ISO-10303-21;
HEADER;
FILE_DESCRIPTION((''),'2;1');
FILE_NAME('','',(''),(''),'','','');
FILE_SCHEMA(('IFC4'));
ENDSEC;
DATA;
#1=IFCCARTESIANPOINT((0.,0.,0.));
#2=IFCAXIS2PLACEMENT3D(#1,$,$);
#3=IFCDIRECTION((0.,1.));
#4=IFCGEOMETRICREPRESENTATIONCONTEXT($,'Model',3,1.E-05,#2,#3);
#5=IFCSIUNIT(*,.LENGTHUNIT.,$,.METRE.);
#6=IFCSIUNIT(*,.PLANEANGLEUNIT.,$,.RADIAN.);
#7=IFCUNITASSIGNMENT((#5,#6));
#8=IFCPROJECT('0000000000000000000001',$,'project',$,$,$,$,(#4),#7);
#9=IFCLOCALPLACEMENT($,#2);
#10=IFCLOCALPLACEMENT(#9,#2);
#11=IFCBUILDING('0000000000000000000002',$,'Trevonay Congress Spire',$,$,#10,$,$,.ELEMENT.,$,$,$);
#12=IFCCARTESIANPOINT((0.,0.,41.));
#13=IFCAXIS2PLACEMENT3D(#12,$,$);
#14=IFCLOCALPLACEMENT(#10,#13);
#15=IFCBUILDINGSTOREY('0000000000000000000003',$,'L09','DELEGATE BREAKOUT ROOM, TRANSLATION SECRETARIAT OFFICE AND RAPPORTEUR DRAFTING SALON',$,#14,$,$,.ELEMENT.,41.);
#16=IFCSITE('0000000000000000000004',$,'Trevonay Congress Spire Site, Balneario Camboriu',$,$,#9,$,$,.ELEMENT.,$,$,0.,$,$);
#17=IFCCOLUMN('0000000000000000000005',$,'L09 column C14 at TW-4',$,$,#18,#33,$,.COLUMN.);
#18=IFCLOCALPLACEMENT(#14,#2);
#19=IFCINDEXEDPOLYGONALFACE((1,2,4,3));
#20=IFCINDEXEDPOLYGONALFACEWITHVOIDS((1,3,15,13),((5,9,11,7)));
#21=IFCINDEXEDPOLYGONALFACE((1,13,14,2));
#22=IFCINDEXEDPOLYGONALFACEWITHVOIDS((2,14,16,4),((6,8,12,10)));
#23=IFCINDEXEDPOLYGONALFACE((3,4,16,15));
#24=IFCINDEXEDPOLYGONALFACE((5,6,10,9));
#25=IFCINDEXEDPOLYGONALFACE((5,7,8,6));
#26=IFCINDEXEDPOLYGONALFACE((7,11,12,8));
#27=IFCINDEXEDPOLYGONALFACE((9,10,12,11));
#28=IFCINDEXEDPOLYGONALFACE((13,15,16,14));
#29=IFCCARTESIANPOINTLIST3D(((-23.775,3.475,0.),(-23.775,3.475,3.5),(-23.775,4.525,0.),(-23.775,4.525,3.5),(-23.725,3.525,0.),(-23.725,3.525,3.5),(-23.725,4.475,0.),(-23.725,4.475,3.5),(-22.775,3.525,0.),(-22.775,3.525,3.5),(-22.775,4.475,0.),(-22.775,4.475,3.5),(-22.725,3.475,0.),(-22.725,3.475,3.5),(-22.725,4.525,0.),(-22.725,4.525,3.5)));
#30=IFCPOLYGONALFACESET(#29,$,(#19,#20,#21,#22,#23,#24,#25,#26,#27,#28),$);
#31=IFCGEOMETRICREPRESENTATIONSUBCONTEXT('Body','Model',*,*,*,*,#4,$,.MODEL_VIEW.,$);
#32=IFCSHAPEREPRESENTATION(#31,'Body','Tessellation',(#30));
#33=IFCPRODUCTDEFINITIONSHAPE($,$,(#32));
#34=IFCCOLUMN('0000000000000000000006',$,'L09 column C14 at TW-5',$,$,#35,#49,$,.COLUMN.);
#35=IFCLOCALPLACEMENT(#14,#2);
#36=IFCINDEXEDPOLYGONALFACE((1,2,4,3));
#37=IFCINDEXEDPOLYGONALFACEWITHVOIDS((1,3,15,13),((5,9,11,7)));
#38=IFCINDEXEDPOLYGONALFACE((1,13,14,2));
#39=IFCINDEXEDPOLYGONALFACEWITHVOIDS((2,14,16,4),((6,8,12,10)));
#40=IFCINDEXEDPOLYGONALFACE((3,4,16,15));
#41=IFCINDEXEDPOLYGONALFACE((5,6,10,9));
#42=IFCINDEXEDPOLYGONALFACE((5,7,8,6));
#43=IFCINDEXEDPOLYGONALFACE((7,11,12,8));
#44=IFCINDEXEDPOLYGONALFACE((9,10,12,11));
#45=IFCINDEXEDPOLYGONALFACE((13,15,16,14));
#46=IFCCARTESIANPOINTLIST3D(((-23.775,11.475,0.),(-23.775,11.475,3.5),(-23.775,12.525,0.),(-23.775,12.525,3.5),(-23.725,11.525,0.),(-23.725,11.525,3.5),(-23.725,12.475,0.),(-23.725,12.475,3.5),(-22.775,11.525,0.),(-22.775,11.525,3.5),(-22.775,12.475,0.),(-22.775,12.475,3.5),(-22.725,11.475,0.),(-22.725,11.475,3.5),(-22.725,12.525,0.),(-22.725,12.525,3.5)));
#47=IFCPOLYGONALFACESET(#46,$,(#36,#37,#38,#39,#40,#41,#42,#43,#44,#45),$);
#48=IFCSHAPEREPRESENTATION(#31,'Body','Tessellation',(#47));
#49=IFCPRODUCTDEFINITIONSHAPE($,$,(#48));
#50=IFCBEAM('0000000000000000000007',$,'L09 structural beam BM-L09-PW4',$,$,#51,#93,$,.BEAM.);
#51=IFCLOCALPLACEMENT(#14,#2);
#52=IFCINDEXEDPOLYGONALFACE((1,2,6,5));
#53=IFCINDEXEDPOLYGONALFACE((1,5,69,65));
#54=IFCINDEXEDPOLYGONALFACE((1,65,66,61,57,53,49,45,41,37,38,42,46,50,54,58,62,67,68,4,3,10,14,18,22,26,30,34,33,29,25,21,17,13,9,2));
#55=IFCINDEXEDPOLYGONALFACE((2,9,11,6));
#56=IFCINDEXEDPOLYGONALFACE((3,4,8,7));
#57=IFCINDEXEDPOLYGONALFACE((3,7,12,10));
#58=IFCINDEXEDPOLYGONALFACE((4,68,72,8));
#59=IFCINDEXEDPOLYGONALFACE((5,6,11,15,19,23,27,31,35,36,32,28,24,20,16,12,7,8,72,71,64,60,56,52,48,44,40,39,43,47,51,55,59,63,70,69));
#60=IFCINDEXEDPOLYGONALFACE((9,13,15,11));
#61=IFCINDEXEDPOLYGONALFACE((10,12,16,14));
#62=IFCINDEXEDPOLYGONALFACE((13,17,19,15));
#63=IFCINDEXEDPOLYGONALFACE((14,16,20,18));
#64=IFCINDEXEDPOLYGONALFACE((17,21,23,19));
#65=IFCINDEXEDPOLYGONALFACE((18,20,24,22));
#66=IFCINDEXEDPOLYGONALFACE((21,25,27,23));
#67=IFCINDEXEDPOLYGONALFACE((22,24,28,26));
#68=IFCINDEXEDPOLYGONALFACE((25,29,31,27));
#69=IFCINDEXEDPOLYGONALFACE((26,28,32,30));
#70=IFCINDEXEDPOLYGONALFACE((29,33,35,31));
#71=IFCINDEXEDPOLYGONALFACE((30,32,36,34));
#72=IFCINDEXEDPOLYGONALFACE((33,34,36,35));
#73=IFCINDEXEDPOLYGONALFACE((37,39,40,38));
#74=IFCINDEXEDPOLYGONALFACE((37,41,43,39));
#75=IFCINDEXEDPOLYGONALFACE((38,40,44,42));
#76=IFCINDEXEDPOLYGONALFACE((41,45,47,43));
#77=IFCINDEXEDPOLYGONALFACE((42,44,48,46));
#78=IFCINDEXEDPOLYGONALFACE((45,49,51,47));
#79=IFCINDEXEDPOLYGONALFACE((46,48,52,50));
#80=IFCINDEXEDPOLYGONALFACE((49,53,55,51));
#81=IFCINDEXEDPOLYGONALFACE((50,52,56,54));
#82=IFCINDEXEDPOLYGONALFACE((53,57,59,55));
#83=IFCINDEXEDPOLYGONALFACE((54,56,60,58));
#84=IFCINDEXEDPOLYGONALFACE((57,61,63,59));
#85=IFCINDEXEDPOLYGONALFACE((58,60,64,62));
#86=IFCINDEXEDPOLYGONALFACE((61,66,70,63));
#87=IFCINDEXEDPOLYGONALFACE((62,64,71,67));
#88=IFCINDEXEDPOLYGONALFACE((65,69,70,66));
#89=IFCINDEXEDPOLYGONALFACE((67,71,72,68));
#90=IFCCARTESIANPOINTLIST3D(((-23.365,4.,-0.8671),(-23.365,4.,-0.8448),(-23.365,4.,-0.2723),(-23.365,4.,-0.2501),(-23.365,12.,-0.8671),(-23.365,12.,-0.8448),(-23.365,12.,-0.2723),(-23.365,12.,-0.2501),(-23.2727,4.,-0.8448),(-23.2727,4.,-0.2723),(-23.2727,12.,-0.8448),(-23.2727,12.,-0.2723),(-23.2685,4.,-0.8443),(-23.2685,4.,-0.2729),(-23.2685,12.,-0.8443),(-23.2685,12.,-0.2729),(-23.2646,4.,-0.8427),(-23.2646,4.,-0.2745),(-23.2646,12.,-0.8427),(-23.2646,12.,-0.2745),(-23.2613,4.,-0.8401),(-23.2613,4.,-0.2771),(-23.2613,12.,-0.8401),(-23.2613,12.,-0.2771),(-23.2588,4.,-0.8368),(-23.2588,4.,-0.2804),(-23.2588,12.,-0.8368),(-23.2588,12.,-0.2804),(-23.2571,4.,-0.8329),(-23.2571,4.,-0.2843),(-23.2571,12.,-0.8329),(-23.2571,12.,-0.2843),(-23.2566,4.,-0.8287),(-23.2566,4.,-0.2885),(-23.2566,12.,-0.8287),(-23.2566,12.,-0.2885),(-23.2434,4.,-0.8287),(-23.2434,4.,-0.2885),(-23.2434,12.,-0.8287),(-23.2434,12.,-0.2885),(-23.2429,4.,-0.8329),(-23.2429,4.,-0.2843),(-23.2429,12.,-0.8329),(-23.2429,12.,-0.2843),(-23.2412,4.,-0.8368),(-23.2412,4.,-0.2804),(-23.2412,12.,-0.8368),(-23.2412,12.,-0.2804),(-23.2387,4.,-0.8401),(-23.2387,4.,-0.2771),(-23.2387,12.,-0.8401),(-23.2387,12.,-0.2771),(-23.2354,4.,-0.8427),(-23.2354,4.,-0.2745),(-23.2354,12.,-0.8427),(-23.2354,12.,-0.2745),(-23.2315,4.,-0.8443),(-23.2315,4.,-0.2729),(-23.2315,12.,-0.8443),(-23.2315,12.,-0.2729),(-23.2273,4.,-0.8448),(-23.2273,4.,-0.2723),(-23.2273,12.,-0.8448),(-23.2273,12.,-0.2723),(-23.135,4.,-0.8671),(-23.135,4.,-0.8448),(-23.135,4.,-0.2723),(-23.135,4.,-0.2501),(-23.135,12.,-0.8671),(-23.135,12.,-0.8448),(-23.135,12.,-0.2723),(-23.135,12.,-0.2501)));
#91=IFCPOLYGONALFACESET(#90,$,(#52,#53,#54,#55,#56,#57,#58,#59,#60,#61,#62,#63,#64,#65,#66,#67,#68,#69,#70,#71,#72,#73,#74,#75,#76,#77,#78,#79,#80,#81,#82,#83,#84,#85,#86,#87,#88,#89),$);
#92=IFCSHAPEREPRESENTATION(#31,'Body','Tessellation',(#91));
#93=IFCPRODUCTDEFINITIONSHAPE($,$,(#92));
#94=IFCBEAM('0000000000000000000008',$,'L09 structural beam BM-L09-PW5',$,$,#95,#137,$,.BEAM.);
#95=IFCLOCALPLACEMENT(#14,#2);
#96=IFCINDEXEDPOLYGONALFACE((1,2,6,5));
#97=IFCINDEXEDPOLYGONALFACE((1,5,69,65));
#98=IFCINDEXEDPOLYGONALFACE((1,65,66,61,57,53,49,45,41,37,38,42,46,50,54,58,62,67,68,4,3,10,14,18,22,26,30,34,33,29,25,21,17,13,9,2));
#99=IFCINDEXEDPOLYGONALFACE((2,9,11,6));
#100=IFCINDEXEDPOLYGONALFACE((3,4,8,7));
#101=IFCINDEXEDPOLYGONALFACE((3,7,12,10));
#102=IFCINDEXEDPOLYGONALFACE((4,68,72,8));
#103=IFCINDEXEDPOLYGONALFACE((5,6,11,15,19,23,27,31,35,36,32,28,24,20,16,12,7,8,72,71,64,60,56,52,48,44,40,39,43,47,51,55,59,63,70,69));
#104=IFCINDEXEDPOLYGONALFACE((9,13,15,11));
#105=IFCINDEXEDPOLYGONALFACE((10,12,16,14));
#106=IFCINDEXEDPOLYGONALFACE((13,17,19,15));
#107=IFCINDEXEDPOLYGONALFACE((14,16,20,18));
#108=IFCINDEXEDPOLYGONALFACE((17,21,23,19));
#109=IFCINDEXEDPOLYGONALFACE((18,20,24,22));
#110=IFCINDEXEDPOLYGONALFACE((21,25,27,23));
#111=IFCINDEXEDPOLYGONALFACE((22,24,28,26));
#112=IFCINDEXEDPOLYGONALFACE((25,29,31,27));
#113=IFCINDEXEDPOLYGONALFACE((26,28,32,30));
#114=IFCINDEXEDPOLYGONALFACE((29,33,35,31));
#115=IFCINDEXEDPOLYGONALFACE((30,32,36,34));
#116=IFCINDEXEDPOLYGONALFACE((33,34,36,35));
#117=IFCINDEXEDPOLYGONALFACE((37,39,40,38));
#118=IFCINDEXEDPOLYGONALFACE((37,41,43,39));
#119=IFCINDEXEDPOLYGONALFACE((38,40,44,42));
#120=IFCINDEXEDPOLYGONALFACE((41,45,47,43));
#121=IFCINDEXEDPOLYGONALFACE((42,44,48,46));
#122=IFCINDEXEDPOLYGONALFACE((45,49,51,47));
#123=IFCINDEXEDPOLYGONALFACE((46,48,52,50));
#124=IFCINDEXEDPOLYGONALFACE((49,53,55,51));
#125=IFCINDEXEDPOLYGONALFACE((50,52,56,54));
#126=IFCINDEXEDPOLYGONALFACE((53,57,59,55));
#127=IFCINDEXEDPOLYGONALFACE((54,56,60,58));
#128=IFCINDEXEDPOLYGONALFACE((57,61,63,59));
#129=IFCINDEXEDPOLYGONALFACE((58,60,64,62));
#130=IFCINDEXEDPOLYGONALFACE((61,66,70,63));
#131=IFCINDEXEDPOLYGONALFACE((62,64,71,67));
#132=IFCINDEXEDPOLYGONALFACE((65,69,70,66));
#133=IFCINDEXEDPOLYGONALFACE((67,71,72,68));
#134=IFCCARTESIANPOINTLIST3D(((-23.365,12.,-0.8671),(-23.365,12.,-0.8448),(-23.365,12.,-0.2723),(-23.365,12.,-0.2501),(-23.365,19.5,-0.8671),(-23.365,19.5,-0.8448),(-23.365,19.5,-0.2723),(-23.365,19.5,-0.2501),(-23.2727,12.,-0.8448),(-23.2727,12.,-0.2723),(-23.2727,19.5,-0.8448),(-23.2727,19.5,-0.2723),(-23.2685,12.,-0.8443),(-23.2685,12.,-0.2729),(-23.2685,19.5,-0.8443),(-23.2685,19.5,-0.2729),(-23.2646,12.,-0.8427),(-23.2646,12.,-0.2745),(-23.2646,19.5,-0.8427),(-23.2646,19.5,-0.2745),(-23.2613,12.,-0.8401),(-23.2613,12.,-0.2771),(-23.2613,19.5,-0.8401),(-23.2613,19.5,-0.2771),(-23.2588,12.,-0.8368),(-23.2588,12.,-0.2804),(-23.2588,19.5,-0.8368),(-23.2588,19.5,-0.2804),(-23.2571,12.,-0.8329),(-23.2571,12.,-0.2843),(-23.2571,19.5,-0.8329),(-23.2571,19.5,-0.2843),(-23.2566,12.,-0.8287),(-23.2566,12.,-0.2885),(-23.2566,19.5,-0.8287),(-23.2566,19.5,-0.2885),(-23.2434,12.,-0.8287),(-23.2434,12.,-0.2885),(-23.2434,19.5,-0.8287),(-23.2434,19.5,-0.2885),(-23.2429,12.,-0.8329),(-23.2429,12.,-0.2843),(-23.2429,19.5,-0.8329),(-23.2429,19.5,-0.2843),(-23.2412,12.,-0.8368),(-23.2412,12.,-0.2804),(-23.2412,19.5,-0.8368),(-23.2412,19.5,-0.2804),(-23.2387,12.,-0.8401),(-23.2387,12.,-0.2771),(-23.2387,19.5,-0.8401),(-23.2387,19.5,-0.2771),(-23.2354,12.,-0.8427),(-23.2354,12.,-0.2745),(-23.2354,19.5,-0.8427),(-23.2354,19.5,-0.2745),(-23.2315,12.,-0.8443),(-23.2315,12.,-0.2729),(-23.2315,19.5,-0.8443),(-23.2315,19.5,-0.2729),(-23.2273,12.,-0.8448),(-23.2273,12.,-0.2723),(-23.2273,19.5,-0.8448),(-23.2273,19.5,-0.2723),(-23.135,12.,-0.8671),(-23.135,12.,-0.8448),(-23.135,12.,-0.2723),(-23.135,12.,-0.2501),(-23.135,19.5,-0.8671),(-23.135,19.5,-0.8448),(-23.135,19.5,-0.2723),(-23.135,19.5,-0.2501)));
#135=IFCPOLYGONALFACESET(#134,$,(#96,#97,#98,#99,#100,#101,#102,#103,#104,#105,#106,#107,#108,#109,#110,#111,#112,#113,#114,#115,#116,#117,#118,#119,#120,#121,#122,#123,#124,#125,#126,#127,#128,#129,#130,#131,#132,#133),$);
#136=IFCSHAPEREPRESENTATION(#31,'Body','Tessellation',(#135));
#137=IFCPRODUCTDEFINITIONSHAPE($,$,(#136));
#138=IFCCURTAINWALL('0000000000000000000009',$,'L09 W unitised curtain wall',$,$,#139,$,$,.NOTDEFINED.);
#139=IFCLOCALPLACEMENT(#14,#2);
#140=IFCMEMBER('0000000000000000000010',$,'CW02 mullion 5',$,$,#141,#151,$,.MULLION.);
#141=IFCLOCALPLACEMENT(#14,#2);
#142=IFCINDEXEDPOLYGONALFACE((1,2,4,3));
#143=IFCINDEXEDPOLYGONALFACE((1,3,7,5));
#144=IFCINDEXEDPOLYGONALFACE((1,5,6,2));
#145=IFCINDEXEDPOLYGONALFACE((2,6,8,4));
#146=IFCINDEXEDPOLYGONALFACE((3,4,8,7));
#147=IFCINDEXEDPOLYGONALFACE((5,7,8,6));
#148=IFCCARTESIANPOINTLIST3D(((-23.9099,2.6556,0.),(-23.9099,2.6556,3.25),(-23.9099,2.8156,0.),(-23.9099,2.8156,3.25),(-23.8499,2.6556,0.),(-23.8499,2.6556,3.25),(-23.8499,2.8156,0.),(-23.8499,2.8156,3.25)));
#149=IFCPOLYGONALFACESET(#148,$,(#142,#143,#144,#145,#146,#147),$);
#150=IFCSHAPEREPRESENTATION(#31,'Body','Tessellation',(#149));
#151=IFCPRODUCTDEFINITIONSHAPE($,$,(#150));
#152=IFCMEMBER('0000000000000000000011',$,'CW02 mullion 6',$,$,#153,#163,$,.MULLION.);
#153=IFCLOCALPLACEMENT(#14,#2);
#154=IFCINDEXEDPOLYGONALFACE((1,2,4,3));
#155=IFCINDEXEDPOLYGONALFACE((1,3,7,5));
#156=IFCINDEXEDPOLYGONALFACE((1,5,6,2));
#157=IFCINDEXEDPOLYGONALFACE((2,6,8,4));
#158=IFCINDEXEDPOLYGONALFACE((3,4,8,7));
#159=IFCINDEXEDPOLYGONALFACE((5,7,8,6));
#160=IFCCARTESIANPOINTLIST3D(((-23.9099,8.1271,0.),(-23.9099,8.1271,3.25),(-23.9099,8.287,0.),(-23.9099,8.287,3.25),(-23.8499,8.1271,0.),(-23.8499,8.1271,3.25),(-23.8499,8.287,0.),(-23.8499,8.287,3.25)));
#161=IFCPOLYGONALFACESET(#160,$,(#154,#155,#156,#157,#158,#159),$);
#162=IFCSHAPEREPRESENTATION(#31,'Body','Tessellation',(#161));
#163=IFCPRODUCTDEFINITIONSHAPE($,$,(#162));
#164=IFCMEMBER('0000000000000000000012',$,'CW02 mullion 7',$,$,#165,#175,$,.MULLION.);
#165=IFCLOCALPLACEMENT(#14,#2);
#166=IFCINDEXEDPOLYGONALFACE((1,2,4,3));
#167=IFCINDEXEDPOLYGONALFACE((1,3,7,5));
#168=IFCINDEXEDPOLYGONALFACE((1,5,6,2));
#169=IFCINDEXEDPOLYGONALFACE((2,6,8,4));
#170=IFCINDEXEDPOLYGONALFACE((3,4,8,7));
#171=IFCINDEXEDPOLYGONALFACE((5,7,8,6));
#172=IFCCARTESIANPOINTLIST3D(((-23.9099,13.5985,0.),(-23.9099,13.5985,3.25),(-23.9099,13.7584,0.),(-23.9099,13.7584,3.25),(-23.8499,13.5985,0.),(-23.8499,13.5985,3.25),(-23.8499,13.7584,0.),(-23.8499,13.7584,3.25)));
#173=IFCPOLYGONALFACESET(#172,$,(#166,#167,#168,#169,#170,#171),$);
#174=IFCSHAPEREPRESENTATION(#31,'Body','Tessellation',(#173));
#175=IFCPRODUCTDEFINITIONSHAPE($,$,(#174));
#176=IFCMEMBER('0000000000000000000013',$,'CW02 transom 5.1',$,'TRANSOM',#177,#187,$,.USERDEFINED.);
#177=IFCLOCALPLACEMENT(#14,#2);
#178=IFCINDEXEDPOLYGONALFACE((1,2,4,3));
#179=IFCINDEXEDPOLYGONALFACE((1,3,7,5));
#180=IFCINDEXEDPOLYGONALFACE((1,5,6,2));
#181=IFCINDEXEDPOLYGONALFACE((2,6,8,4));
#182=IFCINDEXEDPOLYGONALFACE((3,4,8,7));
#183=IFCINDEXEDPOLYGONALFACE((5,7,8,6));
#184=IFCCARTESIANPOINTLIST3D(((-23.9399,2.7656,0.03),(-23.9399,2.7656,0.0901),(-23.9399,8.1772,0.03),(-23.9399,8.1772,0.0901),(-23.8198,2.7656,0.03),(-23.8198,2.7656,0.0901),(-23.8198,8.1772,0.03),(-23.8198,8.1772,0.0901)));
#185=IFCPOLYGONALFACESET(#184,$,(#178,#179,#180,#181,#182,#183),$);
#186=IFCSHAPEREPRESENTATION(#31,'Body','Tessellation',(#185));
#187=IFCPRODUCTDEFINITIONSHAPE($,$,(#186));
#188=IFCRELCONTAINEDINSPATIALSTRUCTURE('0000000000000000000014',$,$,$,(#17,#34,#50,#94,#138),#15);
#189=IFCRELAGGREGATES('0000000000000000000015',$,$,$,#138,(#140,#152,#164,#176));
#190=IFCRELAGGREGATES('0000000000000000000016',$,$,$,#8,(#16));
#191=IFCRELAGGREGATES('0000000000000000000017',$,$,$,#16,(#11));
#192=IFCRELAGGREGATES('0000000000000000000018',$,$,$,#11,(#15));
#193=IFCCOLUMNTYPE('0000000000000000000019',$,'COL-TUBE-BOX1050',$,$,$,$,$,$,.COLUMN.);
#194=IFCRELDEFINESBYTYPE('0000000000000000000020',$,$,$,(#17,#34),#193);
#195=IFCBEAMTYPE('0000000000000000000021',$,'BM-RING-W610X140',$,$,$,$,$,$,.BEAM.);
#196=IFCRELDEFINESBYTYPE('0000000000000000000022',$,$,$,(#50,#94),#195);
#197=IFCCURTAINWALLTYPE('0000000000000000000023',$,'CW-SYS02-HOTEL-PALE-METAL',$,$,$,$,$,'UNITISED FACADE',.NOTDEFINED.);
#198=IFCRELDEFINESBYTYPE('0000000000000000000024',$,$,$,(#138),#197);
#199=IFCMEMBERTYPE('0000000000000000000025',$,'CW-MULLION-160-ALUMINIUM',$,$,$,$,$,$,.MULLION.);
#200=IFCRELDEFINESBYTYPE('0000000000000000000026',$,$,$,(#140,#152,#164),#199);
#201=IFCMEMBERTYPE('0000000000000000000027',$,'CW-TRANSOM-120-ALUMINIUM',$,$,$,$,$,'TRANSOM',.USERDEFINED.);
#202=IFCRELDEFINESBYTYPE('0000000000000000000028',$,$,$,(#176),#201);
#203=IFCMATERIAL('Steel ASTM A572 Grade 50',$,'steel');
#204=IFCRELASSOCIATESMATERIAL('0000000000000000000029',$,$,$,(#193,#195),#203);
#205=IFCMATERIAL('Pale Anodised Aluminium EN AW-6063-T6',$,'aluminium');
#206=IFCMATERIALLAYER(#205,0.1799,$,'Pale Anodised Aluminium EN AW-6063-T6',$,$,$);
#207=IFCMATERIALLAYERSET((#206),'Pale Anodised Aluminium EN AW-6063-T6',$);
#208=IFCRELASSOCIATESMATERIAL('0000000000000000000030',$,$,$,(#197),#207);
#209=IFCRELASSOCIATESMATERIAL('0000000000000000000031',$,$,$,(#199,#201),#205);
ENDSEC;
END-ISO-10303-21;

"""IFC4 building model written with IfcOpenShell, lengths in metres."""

from ifc_helpers import new_model, si_unit, direction, frame, origin, origin_2d, place, context, subcontext, project, spatial, rectangle, hollow_rectangle, i_section, extrude, material, layer, layer_set, material_profile, profile_set, type_object, element, aggregate, save


model = new_model("IFC4")

# Units and contexts
model_context = context("Model", 3, precision=1e-05, world=origin(), true_north=direction((0.0, 1.0)))
body_context = subcontext(model_context, "Body", "Model", "MODEL_VIEW")
ifc_project = project(units=[si_unit("LENGTHUNIT", "METRE"), si_unit("PLANEANGLEUNIT", "RADIAN")], contexts=[model_context])

# Site, building, storey
site_placement = place(None, origin())
site = spatial("IfcSite", under=ifc_project, at=site_placement, Name="Trevonay Congress Spire Site, Balneario Camboriu", CompositionType="ELEMENT", RefElevation=0.0)
building_placement = place(site_placement, origin())
building = spatial("IfcBuilding", under=site, at=building_placement, Name="Trevonay Congress Spire", CompositionType="ELEMENT")
storey_placement = place(building_placement, frame((0.0, 0.0, 41.0)))
storey = spatial("IfcBuildingStorey", under=building, at=storey_placement, Name="L09", Description="DELEGATE BREAKOUT ROOM, TRANSLATION SECRETARIAT OFFICE AND RAPPORTEUR DRAFTING SALON", CompositionType="ELEMENT", Elevation=41.0)

# Columns
ifc_material_1 = material(Name="Steel ASTM A572 Grade 50", Category="steel")
ifc_material_profile_1 = material_profile(ifc_material_1, hollow_rectangle(XDim=1.05, YDim=1.05, WallThickness=0.05, at=origin_2d()), Name="BOX 1050x1050x50")
ifc_profile_set_1 = profile_set([ifc_material_profile_1], Name="Steel ASTM A572 Grade 50")
column_type = type_object("IfcColumnType", Name="COL-TUBE-BOX1050", PredefinedType="COLUMN", material=ifc_profile_set_1)
for number, where, z_axis, x_axis, name in (
    (1, (-23.25, 4.0, 0.0), (0.0, 0.0, 1.0), (1.0, 0.0, 0.0), "L09 column C14 at TW-4"),
    (2, (-23.25, 12.0, 0.0), (0.0, 0.0, 1.0), (1.0, 0.0, 0.0), "L09 column C14 at TW-5"),
):
    element("IfcColumn", number, at=place(storey_placement, frame(where, z_axis=z_axis, x_axis=x_axis)), inside=storey, type_object=column_type, Name=name, PredefinedType="COLUMN", context=body_context, shape_type="SweptSolid", body=[
        extrude(hollow_rectangle(XDim=1.05, YDim=1.05, WallThickness=0.05, at=origin_2d()), origin(), (0.0, 0.0, 1.0), 3.5),
    ])

# Beams
ifc_material_profile_2 = material_profile(ifc_material_1, i_section(OverallWidth=0.23, OverallDepth=0.6169, WebThickness=0.0132, FlangeThickness=0.0222, FilletRadius=0.0161, at=origin_2d()), Name="W610x140")
ifc_profile_set_2 = profile_set([ifc_material_profile_2], Name="Steel ASTM A572 Grade 50")
beam_type_1 = type_object("IfcBeamType", Name="BM-RING-W610X140", PredefinedType="BEAM", material=ifc_profile_set_2)
beam_1_placement = place(storey_placement, frame((-23.25, 4.0, -0.5586), z_axis=(0.0, 1.0, 0.0), x_axis=(-1.0, 0.0, 0.0)))
element("IfcBeam", 3, at=beam_1_placement, inside=storey, type_object=beam_type_1, Name="L09 structural beam BM-L09-PW4", PredefinedType="BEAM", context=body_context, shape_type="SweptSolid", body=[
    extrude(i_section(OverallWidth=0.23, OverallDepth=0.6169, WebThickness=0.0132, FlangeThickness=0.0222, FilletRadius=0.0161, at=origin_2d()), origin(), (0.0, 0.0, 1.0), 8.0),
])
beam_2_placement = place(storey_placement, frame((-23.25, 12.0, -0.5586), z_axis=(0.0, 1.0, 0.0), x_axis=(-1.0, 0.0, 0.0)))
element("IfcBeam", 4, at=beam_2_placement, inside=storey, type_object=beam_type_1, Name="L09 structural beam BM-L09-PW5", PredefinedType="BEAM", context=body_context, shape_type="SweptSolid", body=[
    extrude(i_section(OverallWidth=0.23, OverallDepth=0.6169, WebThickness=0.0132, FlangeThickness=0.0222, FilletRadius=0.0161, at=origin_2d()), origin(), (0.0, 0.0, 1.0), 7.5),
])

# Curtain wall, members
ifc_material_2 = material(Name="Pale Anodised Aluminium EN AW-6063-T6", Category="aluminium")
ifc_layer_1 = layer(ifc_material_2, 0.1799, Name="Pale Anodised Aluminium EN AW-6063-T6")
ifc_layer_set_1 = layer_set([ifc_layer_1], Name="Pale Anodised Aluminium EN AW-6063-T6")
curtain_wall_type = type_object("IfcCurtainWallType", Name="CW-SYS02-HOTEL-PALE-METAL", ElementType="UNITISED FACADE", PredefinedType="NOTDEFINED", material=ifc_layer_set_1)
curtain_wall_placement = place(storey_placement, origin())
curtain_wall = element("IfcCurtainWall", 5, at=curtain_wall_placement, inside=storey, type_object=curtain_wall_type, Name="L09 W unitised curtain wall", PredefinedType="NOTDEFINED")
ifc_material_profile_3 = material_profile(ifc_material_2, rectangle(XDim=0.0601, YDim=0.1599, at=origin_2d()), Name="CW-MULLION-160-ALUMINIUM")
ifc_profile_set_3 = profile_set([ifc_material_profile_3], Name="Pale Anodised Aluminium EN AW-6063-T6")
member_type_1 = type_object("IfcMemberType", Name="CW-MULLION-160-ALUMINIUM", PredefinedType="MULLION", material=ifc_profile_set_3)
member_1_placement = place(storey_placement, frame((-23.8799, 2.7356, 0.0), z_axis=(0.0, 0.0, 1.0), x_axis=(-1.0, 0.0, 0.0)))
member_1 = element("IfcMember", 6, at=member_1_placement, type_object=member_type_1, Name="CW02 mullion 5", PredefinedType="MULLION", context=body_context, shape_type="SweptSolid", body=[
    extrude(rectangle(XDim=0.0601, YDim=0.1599, at=origin_2d()), origin(), (0.0, 0.0, 1.0), 3.25),
])
member_2_placement = place(storey_placement, frame((-23.8799, 8.207, 0.0), z_axis=(0.0, 0.0, 1.0), x_axis=(-1.0, 0.0, 0.0)))
member_2 = element("IfcMember", 7, at=member_2_placement, type_object=member_type_1, Name="CW02 mullion 6", PredefinedType="MULLION", context=body_context, shape_type="SweptSolid", body=[
    extrude(rectangle(XDim=0.0601, YDim=0.1599, at=origin_2d()), origin(), (0.0, 0.0, 1.0), 3.25),
])
member_3_placement = place(storey_placement, frame((-23.8799, 13.6785, 0.0), z_axis=(0.0, 0.0, 1.0), x_axis=(-1.0, 0.0, 0.0)))
member_3 = element("IfcMember", 8, at=member_3_placement, type_object=member_type_1, Name="CW02 mullion 7", PredefinedType="MULLION", context=body_context, shape_type="SweptSolid", body=[
    extrude(rectangle(XDim=0.0601, YDim=0.1599, at=origin_2d()), origin(), (0.0, 0.0, 1.0), 3.25),
])
ifc_material_profile_4 = material_profile(ifc_material_2, rectangle(XDim=0.1201, YDim=0.0601, at=origin_2d()), Name="CW-TRANSOM-120-ALUMINIUM")
ifc_profile_set_4 = profile_set([ifc_material_profile_4], Name="Pale Anodised Aluminium EN AW-6063-T6")
member_type_2 = type_object("IfcMemberType", Name="CW-TRANSOM-120-ALUMINIUM", ElementType="TRANSOM", PredefinedType="USERDEFINED", material=ifc_profile_set_4)
member_4_placement = place(storey_placement, frame((-23.8799, 2.7656, 0.0601), z_axis=(0.0, 1.0, 0.0), x_axis=(-1.0, 0.0, 0.0)))
member_4 = element("IfcMember", 9, at=member_4_placement, type_object=member_type_2, Name="CW02 transom 5.1", ObjectType="TRANSOM", PredefinedType="USERDEFINED", context=body_context, shape_type="SweptSolid", body=[
    extrude(rectangle(XDim=0.1201, YDim=0.0601, at=origin_2d()), origin(), (0.0, 0.0, 1.0), 5.4116),
])

aggregate(curtain_wall, [member_1, member_2, member_3, member_4])

save(model, "model.ifc")
